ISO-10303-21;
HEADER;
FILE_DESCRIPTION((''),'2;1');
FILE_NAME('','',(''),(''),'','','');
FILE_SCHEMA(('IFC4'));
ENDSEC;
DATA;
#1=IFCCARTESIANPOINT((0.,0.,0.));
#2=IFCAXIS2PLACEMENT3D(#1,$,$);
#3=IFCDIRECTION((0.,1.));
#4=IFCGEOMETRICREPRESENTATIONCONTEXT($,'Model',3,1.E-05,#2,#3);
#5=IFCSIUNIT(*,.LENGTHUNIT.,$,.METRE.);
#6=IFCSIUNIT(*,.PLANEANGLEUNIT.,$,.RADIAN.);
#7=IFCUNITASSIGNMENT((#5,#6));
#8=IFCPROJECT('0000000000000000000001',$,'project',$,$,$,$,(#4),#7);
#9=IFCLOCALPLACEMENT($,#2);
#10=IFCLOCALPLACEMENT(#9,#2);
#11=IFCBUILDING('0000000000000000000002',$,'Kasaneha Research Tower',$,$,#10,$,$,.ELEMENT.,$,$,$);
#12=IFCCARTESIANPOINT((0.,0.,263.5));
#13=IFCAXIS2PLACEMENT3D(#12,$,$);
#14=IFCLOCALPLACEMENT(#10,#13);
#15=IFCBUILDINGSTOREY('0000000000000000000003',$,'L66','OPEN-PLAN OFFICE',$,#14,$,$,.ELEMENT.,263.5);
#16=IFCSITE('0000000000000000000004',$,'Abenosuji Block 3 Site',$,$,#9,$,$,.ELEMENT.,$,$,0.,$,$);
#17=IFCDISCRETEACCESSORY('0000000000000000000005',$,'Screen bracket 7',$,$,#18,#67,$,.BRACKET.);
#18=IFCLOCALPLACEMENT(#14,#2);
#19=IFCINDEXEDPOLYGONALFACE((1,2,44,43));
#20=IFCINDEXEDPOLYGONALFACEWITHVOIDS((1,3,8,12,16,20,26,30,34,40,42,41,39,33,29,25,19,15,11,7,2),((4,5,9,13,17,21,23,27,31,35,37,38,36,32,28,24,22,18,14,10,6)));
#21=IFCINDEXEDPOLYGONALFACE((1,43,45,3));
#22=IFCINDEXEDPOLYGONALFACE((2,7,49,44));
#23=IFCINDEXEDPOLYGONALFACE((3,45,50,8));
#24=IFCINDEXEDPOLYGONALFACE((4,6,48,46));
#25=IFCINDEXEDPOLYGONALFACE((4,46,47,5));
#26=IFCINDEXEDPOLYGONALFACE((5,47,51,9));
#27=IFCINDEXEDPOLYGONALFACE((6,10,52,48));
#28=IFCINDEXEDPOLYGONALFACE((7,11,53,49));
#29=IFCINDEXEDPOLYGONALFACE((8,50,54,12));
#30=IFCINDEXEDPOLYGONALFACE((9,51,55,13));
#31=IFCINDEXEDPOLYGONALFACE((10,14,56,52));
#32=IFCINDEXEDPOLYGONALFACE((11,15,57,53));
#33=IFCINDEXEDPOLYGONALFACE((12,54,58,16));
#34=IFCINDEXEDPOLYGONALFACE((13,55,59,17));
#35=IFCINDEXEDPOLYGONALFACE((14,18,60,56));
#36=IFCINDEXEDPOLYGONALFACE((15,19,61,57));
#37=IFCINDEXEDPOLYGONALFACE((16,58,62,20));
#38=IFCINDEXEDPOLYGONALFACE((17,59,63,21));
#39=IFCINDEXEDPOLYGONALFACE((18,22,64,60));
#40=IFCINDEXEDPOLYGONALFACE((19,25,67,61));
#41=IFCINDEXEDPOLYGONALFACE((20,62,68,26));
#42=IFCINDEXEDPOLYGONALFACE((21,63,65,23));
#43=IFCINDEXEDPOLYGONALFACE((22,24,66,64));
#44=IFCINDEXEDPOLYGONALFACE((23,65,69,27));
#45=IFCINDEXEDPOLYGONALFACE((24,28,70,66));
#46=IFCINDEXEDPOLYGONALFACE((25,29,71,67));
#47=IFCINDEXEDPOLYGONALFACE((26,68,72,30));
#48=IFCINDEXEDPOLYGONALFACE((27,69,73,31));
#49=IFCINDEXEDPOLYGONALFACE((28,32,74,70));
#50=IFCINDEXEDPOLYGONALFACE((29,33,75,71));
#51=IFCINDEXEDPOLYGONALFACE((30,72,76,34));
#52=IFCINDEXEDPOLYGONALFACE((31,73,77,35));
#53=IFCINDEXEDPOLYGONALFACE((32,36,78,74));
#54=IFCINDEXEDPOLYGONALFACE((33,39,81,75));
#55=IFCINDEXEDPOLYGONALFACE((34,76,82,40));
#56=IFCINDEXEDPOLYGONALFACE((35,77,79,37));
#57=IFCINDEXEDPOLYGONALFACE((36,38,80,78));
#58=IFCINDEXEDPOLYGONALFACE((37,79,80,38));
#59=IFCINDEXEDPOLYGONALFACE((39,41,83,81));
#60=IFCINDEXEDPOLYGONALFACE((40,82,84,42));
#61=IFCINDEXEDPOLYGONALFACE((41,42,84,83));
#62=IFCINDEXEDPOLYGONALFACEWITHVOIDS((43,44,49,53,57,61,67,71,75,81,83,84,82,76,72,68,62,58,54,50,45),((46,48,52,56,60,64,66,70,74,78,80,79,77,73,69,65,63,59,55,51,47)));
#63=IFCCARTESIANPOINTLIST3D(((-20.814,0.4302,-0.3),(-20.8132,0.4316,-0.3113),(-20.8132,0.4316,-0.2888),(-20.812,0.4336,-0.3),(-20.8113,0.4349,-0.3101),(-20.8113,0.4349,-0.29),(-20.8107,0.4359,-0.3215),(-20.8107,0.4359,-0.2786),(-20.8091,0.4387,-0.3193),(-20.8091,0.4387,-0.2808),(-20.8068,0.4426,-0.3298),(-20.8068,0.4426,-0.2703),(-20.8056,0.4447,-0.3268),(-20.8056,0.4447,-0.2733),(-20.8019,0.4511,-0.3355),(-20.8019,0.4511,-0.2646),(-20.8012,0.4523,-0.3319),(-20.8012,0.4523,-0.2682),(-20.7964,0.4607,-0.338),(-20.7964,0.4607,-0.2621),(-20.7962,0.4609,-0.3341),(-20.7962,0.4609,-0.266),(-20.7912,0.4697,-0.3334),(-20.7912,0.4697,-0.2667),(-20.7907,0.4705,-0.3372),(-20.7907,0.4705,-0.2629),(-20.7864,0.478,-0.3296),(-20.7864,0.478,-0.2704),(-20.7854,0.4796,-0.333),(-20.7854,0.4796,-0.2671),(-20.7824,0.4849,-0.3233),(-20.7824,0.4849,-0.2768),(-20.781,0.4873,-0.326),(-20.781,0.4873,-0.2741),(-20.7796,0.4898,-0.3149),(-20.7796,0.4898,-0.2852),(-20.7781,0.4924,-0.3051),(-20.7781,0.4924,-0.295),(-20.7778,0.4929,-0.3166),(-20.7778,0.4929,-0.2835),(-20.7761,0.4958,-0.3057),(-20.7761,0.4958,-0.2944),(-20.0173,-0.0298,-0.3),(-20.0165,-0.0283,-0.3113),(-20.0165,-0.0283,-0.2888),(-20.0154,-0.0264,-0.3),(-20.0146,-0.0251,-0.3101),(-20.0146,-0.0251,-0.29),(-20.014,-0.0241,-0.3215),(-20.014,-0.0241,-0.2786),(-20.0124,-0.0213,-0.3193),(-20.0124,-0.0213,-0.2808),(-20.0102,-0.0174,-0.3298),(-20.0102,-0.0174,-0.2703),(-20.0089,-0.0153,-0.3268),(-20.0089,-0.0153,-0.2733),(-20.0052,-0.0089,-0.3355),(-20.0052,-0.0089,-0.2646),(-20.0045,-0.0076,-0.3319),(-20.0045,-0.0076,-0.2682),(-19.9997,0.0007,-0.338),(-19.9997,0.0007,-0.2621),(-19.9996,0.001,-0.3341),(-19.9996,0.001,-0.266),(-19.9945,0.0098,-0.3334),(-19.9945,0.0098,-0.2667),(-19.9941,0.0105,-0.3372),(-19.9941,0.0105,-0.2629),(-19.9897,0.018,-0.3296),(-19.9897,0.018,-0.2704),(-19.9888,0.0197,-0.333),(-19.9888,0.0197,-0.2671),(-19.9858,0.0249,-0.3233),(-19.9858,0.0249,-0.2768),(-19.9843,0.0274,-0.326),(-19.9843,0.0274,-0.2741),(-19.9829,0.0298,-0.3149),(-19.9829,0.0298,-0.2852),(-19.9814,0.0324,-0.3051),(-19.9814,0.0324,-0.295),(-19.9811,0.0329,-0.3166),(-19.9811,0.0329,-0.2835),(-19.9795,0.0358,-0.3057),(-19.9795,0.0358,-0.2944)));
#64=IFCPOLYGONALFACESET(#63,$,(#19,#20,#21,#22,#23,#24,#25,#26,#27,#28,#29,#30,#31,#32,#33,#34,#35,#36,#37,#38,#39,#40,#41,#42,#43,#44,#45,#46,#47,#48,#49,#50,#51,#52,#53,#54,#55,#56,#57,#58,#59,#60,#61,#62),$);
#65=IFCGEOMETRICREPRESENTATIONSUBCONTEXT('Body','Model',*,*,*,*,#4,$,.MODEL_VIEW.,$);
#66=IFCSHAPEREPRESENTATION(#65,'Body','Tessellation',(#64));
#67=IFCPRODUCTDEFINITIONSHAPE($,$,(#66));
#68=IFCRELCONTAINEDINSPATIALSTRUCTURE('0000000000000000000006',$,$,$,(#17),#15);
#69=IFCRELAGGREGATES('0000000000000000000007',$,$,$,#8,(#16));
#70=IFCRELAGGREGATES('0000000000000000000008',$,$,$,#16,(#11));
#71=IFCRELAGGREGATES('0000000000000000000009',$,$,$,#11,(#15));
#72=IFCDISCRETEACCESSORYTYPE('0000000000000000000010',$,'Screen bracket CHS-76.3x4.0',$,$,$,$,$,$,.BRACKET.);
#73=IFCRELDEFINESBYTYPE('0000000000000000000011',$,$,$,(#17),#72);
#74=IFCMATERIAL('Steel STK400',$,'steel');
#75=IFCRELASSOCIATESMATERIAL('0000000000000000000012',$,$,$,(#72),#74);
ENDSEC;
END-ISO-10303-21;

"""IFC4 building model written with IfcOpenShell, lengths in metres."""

from ifc_helpers import new_model, si_unit, direction, frame, origin, origin_2d, place, context, subcontext, project, spatial, hollow_circle, extrude, material, material_profile, profile_set, type_object, element, save


model = new_model("IFC4")

# Units and contexts
model_context = context("Model", 3, precision=1e-05, world=origin(), true_north=direction((0.0, 1.0)))
body_context = subcontext(model_context, "Body", "Model", "MODEL_VIEW")
ifc_project = project(units=[si_unit("LENGTHUNIT", "METRE"), si_unit("PLANEANGLEUNIT", "RADIAN")], contexts=[model_context])

# Site, building, storey
site_placement = place(None, origin())
site = spatial("IfcSite", under=ifc_project, at=site_placement, Name="Abenosuji Block 3 Site", CompositionType="ELEMENT", RefElevation=0.0)
building_placement = place(site_placement, origin())
building = spatial("IfcBuilding", under=site, at=building_placement, Name="Kasaneha Research Tower", CompositionType="ELEMENT")
storey_placement = place(building_placement, frame((0.0, 0.0, 263.5)))
storey = spatial("IfcBuildingStorey", under=building, at=storey_placement, Name="L66", Description="OPEN-PLAN OFFICE", CompositionType="ELEMENT", Elevation=263.5)

# Discrete accessory
ifc_material_1 = material(Name="Steel STK400", Category="steel")
ifc_material_profile_1 = material_profile(ifc_material_1, hollow_circle(Radius=0.0381, WallThickness=0.0039, at=origin_2d()), Name="CHS-76.3x4.0")
ifc_profile_set_1 = profile_set([ifc_material_profile_1], Name="Steel STK400")
discrete_accessory_type = type_object("IfcDiscreteAccessoryType", Name="Screen bracket CHS-76.3x4.0", PredefinedType="BRACKET", material=ifc_profile_set_1)
discrete_accessory_1_placement = place(storey_placement, frame((-19.9983, 0.0032, -0.3), z_axis=(-0.866013, 0.500021, 0.0), x_axis=(-0.500021, -0.866013, 0.0)))
element("IfcDiscreteAccessory", 1, at=discrete_accessory_1_placement, inside=storey, type_object=discrete_accessory_type, Name="Screen bracket 7", PredefinedType="BRACKET", context=body_context, shape_type="SweptSolid", body=[
    extrude(hollow_circle(Radius=0.0381, WallThickness=0.0039, at=origin_2d()), origin(), (0.0, 0.0, 1.0), 0.9199),
])

save(model, "model.ifc")
